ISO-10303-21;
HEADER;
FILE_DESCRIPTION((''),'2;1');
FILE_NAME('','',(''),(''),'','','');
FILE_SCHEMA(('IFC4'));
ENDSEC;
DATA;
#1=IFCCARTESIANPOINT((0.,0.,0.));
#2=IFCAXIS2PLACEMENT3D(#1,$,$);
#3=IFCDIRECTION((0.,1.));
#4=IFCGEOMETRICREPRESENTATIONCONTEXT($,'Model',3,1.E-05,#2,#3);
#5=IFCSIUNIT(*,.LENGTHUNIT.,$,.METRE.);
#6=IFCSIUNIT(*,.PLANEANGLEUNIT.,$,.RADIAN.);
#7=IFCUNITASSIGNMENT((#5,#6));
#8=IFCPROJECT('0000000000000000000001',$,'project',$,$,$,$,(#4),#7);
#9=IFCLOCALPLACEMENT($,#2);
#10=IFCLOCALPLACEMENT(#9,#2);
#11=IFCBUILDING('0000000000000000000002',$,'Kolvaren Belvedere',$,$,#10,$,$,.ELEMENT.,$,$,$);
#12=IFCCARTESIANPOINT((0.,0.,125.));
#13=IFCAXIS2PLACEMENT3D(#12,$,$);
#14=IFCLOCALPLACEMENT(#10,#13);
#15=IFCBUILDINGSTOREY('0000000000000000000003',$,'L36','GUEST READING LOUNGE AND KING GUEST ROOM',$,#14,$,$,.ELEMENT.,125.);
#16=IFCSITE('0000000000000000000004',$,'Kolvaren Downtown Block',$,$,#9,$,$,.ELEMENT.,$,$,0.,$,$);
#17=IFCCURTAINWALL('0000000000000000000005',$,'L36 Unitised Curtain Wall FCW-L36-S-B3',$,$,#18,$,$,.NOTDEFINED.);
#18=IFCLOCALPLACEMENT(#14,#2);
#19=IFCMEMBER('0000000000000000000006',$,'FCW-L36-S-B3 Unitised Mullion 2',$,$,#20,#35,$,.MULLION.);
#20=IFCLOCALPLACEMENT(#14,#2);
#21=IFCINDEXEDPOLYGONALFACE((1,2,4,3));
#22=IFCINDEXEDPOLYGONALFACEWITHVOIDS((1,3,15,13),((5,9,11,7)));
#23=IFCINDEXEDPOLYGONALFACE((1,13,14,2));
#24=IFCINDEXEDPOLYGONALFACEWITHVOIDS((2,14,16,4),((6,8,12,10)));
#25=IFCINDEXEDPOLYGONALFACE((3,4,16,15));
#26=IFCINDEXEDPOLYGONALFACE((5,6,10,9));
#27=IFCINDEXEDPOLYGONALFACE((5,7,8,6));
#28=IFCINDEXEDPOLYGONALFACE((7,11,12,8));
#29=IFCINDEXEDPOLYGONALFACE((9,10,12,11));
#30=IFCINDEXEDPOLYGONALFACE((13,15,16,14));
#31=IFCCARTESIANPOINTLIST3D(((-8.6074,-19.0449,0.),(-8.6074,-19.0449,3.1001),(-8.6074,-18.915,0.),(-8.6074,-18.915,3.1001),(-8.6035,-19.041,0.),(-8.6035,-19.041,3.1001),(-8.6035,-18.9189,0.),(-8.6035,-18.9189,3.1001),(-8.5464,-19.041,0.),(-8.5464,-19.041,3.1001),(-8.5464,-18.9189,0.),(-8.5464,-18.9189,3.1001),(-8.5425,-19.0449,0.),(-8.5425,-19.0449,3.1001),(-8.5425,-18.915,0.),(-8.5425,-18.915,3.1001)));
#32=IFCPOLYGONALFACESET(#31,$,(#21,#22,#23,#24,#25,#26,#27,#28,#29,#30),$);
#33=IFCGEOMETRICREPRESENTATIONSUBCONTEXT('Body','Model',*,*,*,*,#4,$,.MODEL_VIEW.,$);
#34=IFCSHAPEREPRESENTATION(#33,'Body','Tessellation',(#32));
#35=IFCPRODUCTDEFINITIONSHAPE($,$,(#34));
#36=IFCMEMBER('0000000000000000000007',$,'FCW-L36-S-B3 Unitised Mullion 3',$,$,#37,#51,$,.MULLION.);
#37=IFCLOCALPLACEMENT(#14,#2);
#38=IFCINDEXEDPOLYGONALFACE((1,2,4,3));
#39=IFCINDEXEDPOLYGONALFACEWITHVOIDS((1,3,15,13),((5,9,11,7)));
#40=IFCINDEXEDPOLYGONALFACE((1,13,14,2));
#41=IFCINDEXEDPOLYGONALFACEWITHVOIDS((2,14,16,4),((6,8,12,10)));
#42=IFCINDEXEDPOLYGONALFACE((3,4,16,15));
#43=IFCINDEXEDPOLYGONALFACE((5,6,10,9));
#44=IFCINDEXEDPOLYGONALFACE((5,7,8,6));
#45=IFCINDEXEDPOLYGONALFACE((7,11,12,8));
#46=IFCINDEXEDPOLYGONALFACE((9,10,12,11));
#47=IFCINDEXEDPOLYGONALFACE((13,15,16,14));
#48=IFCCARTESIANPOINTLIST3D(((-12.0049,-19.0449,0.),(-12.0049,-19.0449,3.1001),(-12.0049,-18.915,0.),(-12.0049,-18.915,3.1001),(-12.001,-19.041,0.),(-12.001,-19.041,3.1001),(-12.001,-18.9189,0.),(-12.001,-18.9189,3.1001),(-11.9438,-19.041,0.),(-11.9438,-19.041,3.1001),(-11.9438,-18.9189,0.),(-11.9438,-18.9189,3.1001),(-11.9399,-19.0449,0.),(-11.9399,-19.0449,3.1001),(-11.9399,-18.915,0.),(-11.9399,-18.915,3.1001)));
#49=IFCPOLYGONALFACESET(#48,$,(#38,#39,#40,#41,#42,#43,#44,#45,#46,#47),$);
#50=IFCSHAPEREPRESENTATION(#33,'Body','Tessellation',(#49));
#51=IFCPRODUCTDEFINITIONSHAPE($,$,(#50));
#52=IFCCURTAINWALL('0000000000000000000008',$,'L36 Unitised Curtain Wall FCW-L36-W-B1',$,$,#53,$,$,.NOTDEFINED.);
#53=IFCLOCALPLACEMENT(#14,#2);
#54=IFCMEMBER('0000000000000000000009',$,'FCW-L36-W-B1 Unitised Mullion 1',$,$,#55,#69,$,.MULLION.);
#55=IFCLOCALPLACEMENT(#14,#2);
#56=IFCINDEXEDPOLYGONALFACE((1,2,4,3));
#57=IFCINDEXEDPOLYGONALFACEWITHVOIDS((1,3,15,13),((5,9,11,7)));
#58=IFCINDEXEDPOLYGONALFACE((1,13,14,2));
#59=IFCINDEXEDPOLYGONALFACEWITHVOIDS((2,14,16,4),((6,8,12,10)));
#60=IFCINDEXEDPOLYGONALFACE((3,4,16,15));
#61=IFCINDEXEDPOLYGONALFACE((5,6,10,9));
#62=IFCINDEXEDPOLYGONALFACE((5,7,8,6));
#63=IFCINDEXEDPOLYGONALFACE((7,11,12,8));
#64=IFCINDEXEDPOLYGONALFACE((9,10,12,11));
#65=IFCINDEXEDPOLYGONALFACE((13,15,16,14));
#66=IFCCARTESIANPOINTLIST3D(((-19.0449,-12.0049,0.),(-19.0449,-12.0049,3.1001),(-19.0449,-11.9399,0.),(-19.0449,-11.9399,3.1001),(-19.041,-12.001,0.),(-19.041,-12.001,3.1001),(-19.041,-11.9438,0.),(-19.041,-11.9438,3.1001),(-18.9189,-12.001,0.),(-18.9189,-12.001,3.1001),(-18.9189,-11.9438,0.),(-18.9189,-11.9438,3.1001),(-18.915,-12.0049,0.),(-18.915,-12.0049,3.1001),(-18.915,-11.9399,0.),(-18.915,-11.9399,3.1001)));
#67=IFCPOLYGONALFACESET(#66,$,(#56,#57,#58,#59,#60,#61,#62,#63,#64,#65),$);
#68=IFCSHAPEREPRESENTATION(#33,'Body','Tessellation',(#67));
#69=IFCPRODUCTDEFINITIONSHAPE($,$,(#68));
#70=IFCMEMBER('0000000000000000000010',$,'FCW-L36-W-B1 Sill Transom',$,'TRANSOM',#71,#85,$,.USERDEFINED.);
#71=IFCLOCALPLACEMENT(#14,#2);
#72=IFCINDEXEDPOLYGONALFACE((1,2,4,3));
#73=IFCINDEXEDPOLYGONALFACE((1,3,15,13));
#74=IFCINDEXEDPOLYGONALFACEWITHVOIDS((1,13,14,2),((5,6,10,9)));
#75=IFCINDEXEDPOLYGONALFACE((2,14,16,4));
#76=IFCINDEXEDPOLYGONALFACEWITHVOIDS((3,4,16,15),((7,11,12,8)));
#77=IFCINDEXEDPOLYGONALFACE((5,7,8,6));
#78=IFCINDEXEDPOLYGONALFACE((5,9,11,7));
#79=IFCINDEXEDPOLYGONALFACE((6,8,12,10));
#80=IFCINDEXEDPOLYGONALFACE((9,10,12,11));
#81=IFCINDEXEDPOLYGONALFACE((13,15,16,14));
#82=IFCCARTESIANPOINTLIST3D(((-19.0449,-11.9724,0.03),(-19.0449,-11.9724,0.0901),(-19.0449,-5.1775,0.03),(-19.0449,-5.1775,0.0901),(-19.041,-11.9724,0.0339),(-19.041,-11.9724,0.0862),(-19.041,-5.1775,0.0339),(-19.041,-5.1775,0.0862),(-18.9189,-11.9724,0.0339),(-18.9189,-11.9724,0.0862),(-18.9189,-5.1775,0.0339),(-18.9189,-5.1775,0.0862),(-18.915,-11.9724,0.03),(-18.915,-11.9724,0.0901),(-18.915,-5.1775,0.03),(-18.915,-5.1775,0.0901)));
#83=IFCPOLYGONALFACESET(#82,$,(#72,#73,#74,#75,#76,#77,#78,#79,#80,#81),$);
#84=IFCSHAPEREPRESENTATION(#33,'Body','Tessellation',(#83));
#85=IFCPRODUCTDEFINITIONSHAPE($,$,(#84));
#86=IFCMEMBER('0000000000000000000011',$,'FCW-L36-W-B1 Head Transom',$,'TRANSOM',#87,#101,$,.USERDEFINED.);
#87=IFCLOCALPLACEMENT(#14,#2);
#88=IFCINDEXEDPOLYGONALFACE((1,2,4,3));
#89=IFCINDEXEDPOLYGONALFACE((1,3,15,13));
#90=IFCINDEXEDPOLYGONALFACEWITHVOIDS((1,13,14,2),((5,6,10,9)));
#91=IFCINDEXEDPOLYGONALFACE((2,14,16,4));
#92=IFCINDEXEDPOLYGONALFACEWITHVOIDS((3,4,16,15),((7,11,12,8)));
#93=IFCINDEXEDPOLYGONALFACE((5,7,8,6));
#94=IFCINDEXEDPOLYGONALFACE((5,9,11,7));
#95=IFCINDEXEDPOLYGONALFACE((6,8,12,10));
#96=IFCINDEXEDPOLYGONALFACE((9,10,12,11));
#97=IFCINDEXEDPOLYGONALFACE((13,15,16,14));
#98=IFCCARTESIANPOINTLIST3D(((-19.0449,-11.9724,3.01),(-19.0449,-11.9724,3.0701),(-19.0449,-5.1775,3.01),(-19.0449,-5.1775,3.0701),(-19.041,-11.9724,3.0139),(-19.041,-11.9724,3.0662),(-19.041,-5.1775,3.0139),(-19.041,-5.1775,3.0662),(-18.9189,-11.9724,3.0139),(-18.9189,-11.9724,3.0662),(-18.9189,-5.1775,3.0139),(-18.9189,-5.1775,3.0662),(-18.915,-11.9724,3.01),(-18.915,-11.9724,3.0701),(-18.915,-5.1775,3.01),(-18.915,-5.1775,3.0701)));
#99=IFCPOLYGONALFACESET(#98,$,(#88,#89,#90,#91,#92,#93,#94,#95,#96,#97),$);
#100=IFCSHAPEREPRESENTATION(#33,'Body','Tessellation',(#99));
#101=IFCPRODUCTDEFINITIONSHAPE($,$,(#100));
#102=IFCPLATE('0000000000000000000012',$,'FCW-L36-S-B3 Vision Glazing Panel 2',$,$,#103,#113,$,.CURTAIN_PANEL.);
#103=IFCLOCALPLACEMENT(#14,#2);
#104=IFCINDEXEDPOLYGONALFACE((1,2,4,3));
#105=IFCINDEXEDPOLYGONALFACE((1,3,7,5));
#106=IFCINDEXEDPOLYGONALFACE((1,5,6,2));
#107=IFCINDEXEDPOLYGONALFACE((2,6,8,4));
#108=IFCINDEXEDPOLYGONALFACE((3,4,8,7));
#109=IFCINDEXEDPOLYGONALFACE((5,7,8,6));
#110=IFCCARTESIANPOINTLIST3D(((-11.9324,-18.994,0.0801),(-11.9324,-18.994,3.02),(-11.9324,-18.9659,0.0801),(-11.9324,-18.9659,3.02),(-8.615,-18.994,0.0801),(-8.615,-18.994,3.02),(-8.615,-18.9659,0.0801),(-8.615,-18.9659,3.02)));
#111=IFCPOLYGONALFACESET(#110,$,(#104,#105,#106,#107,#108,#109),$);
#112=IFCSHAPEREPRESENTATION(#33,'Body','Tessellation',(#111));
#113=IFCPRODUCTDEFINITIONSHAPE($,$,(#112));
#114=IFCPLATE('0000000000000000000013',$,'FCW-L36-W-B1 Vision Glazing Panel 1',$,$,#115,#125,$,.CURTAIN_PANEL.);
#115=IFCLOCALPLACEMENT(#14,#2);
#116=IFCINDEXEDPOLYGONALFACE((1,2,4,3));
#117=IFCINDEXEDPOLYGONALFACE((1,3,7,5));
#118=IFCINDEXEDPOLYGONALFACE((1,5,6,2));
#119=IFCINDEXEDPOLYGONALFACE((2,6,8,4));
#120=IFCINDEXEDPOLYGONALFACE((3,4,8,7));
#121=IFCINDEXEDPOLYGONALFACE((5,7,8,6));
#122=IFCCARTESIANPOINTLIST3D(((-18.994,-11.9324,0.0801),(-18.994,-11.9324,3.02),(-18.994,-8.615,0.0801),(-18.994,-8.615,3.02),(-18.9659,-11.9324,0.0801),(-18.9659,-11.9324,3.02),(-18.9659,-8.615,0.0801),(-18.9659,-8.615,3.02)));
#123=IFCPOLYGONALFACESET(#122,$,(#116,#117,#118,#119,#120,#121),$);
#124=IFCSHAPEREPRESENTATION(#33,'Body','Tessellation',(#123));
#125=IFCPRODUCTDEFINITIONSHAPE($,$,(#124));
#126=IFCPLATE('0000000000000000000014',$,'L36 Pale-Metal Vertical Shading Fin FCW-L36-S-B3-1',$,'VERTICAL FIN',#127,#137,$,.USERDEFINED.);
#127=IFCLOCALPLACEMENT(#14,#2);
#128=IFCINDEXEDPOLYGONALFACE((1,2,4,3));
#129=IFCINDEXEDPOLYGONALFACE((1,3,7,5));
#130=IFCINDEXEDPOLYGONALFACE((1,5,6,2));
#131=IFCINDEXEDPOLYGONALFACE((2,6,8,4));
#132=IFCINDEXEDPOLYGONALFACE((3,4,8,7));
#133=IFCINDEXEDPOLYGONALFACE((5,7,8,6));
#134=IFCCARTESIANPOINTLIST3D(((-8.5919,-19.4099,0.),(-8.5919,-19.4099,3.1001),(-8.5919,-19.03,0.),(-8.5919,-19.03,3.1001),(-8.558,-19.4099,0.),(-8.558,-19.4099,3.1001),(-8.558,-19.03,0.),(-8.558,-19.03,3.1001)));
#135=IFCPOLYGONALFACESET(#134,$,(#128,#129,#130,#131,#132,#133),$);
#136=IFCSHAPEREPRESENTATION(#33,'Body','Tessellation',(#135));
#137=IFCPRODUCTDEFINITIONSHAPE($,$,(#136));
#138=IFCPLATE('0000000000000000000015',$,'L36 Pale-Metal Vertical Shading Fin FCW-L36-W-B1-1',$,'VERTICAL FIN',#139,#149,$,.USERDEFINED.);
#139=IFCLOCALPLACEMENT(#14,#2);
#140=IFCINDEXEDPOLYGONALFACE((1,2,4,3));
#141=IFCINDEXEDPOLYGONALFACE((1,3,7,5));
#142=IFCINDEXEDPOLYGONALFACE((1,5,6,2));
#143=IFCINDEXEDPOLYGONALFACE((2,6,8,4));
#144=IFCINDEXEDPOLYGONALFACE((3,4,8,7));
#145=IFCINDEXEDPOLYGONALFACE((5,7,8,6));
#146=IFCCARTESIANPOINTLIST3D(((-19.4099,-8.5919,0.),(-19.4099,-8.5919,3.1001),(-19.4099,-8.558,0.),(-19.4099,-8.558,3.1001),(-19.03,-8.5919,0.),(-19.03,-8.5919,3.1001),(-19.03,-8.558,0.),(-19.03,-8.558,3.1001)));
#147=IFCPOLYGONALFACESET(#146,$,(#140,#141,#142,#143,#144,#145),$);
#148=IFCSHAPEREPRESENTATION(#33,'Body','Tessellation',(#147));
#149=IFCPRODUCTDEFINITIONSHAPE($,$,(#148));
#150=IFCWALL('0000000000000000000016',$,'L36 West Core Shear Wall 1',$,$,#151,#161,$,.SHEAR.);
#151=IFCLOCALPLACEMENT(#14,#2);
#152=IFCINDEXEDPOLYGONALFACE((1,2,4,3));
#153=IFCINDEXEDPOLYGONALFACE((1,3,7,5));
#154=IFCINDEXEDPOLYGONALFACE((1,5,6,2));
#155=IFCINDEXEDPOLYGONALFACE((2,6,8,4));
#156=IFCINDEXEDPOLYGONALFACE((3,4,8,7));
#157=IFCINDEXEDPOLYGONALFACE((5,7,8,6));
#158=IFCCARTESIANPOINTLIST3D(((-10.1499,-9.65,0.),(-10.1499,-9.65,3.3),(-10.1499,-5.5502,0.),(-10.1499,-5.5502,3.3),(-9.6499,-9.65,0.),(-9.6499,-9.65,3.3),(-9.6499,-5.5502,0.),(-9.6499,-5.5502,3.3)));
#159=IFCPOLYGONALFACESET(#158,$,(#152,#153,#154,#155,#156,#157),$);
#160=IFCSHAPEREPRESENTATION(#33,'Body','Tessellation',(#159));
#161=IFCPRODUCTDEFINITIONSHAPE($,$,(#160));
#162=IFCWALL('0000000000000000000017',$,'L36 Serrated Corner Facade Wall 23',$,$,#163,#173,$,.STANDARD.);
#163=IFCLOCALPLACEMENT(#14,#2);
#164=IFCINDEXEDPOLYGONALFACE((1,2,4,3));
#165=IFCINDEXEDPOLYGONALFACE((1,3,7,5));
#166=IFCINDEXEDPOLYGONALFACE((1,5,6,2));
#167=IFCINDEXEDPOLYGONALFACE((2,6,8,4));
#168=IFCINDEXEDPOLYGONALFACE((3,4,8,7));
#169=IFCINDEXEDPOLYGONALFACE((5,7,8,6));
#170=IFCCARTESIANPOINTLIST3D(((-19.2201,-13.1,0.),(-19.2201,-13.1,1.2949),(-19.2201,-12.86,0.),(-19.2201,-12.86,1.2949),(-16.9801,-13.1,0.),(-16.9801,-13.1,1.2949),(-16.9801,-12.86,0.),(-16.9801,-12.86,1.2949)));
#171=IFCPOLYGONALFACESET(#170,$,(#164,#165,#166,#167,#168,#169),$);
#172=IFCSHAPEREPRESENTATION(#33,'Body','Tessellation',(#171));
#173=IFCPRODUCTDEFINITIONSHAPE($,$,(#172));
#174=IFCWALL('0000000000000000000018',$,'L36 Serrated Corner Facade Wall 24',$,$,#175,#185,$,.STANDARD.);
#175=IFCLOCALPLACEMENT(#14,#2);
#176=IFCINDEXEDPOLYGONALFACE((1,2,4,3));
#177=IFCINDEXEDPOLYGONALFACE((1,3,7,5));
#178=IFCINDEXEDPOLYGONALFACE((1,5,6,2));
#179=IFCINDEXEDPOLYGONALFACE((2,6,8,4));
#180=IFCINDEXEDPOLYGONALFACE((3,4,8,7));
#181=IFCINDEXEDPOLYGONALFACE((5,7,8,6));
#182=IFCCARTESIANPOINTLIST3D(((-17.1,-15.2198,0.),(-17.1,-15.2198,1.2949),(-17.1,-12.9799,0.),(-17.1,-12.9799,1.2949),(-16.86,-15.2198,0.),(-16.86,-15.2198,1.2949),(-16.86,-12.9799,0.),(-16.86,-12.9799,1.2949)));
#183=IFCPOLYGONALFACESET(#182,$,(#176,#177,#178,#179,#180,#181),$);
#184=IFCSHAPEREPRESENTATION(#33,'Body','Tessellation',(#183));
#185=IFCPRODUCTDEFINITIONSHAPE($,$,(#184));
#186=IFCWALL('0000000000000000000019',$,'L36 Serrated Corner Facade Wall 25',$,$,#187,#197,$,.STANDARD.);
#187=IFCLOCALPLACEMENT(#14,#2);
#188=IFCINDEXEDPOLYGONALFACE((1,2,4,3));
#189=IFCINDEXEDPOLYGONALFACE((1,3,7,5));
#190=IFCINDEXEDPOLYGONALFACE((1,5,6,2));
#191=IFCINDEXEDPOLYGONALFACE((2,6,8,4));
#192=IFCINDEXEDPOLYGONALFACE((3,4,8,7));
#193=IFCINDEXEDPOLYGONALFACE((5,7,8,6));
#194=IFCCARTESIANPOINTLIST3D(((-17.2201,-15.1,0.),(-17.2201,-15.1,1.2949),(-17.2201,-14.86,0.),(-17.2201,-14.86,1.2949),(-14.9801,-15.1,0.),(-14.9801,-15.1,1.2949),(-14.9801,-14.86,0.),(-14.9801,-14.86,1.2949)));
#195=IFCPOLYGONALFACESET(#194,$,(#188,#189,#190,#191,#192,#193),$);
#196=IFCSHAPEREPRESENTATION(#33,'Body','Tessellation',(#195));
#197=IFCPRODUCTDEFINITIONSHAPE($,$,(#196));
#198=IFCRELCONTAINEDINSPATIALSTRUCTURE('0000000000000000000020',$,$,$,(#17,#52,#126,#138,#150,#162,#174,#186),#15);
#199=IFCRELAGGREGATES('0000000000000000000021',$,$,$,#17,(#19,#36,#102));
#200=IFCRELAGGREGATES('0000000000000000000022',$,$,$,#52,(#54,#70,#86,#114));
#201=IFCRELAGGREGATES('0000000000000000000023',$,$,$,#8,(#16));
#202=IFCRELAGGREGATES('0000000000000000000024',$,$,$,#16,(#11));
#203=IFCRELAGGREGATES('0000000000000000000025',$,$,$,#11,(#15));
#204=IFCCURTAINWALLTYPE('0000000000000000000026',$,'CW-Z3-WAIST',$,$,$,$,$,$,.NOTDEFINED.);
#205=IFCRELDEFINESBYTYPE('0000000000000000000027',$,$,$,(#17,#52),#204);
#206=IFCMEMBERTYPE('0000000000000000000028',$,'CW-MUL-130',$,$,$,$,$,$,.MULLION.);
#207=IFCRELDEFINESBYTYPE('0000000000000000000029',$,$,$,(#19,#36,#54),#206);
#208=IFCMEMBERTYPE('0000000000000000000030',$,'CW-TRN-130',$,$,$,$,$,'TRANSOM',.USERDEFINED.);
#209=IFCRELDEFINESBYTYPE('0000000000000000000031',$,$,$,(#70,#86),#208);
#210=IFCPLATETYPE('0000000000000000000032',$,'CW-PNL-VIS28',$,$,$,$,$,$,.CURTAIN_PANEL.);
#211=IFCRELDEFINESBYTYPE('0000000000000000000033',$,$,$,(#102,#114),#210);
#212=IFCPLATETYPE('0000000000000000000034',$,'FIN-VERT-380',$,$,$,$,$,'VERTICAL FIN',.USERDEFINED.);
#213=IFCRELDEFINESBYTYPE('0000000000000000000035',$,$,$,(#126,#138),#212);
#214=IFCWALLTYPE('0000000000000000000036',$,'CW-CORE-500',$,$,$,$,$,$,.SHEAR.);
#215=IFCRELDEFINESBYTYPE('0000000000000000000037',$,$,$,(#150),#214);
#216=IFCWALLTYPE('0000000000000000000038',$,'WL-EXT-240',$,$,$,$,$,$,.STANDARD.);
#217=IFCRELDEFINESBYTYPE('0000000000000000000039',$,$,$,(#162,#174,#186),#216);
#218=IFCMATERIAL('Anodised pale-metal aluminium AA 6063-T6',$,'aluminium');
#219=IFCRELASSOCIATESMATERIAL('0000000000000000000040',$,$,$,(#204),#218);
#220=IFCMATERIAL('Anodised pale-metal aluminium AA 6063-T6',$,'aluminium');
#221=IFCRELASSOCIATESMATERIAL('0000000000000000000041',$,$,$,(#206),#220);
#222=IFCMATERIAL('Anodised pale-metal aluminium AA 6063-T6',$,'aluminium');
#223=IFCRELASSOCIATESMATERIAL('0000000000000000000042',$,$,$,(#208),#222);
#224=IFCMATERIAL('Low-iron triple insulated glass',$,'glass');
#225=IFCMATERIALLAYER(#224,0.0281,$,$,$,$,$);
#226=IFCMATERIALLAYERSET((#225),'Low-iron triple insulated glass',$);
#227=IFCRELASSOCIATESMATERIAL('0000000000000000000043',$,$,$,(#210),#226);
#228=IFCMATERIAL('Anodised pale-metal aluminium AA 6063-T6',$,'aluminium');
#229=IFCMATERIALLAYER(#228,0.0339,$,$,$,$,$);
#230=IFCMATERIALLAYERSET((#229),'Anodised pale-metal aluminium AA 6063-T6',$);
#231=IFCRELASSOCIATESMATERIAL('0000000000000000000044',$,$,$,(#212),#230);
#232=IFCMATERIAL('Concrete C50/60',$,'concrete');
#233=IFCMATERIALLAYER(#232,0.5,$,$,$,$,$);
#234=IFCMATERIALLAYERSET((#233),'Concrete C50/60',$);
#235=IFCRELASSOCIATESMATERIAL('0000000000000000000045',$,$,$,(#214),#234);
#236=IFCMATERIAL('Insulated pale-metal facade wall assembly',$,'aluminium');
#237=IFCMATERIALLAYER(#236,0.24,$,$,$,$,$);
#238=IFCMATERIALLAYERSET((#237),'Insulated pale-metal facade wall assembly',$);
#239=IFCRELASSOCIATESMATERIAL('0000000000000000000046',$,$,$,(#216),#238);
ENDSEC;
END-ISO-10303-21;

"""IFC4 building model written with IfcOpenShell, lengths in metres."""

from ifc_helpers import new_model, si_unit, direction, frame, frame_2d, origin, origin_2d, place, context, subcontext, project, spatial, rectangle, hollow_rectangle, extrude, material, layer, layer_set, material_profile, profile_set, type_object, element, aggregate, save


model = new_model("IFC4")

# Units and contexts
model_context = context("Model", 3, precision=1e-05, world=origin(), true_north=direction((0.0, 1.0)))
body_context = subcontext(model_context, "Body", "Model", "MODEL_VIEW")
ifc_project = project(units=[si_unit("LENGTHUNIT", "METRE"), si_unit("PLANEANGLEUNIT", "RADIAN")], contexts=[model_context])

# Site, building, storey
site_placement = place(None, origin())
site = spatial("IfcSite", under=ifc_project, at=site_placement, Name="Kolvaren Downtown Block", CompositionType="ELEMENT", RefElevation=0.0)
building_placement = place(site_placement, origin())
building = spatial("IfcBuilding", under=site, at=building_placement, Name="Kolvaren Belvedere", CompositionType="ELEMENT")
storey_placement = place(building_placement, frame((0.0, 0.0, 125.0)))
storey = spatial("IfcBuildingStorey", under=building, at=storey_placement, Name="L36", Description="GUEST READING LOUNGE AND KING GUEST ROOM", CompositionType="ELEMENT", Elevation=125.0)

# Curtain walls, members
ifc_material_1 = material(Name="Anodised pale-metal aluminium AA 6063-T6", Category="aluminium")
curtain_wall_type = type_object("IfcCurtainWallType", Name="CW-Z3-WAIST", PredefinedType="NOTDEFINED", material=ifc_material_1)
curtain_wall_1_placement = place(storey_placement, origin())
curtain_wall_1 = element("IfcCurtainWall", 1, at=curtain_wall_1_placement, inside=storey, type_object=curtain_wall_type, Name="L36 Unitised Curtain Wall FCW-L36-S-B3", PredefinedType="NOTDEFINED")
ifc_material_2 = material(Name="Anodised pale-metal aluminium AA 6063-T6", Category="aluminium")
ifc_material_profile_1 = material_profile(ifc_material_2, hollow_rectangle(XDim=0.0649, YDim=0.1299, WallThickness=0.0039, at=origin_2d()), Name="ALU-MUL-130X65")
ifc_profile_set_1 = profile_set([ifc_material_profile_1], Name="Anodised pale-metal aluminium AA 6063-T6")
member_type_1 = type_object("IfcMemberType", Name="CW-MUL-130", PredefinedType="MULLION", material=ifc_profile_set_1)
member_1_placement = place(storey_placement, frame((-8.575, -18.98, 0.0), z_axis=(0.0, 0.0, 1.0), x_axis=(1.0, 0.0, 0.0)))
member_1 = element("IfcMember", 2, at=member_1_placement, type_object=member_type_1, Name="FCW-L36-S-B3 Unitised Mullion 2", PredefinedType="MULLION", context=body_context, shape_type="SweptSolid", body=[
    extrude(hollow_rectangle(XDim=0.0649, YDim=0.1299, WallThickness=0.0039, at=origin_2d()), origin(), (0.0, 0.0, 1.0), 3.1001),
])
member_2_placement = place(storey_placement, frame((-11.9724, -18.98, 0.0), z_axis=(0.0, 0.0, 1.0), x_axis=(1.0, 0.0, 0.0)))
member_2 = element("IfcMember", 3, at=member_2_placement, type_object=member_type_1, Name="FCW-L36-S-B3 Unitised Mullion 3", PredefinedType="MULLION", context=body_context, shape_type="SweptSolid", body=[
    extrude(hollow_rectangle(XDim=0.0649, YDim=0.1299, WallThickness=0.0039, at=origin_2d()), origin(), (0.0, 0.0, 1.0), 3.1001),
])
curtain_wall_2_placement = place(storey_placement, origin())
curtain_wall_2 = element("IfcCurtainWall", 4, at=curtain_wall_2_placement, inside=storey, type_object=curtain_wall_type, Name="L36 Unitised Curtain Wall FCW-L36-W-B1", PredefinedType="NOTDEFINED")
member_3_placement = place(storey_placement, frame((-18.98, -11.9724, 0.0), z_axis=(0.0, 0.0, 1.0), x_axis=(0.0, 1.0, 0.0)))
member_3 = element("IfcMember", 5, at=member_3_placement, type_object=member_type_1, Name="FCW-L36-W-B1 Unitised Mullion 1", PredefinedType="MULLION", context=body_context, shape_type="SweptSolid", body=[
    extrude(hollow_rectangle(XDim=0.0649, YDim=0.1299, WallThickness=0.0039, at=origin_2d()), origin(), (0.0, 0.0, 1.0), 3.1001),
])
ifc_material_3 = material(Name="Anodised pale-metal aluminium AA 6063-T6", Category="aluminium")
ifc_material_profile_2 = material_profile(ifc_material_3, hollow_rectangle(XDim=0.0601, YDim=0.1299, WallThickness=0.0039, at=origin_2d()), Name="ALU-TRN-130X60")
ifc_profile_set_2 = profile_set([ifc_material_profile_2], Name="Anodised pale-metal aluminium AA 6063-T6")
member_type_2 = type_object("IfcMemberType", Name="CW-TRN-130", ElementType="TRANSOM", PredefinedType="USERDEFINED", material=ifc_profile_set_2)
member_4_placement = place(storey_placement, frame((-18.98, -11.9724, 0.0601), z_axis=(0.0, 1.0, 0.0), x_axis=(0.0, 0.0, 1.0)))
member_4 = element("IfcMember", 6, at=member_4_placement, type_object=member_type_2, Name="FCW-L36-W-B1 Sill Transom", ObjectType="TRANSOM", PredefinedType="USERDEFINED", context=body_context, shape_type="SweptSolid", body=[
    extrude(hollow_rectangle(XDim=0.0601, YDim=0.1299, WallThickness=0.0039, at=origin_2d()), origin(), (0.0, 0.0, 1.0), 6.7949),
])
member_5_placement = place(storey_placement, frame((-18.98, -11.9724, 3.04), z_axis=(0.0, 1.0, 0.0), x_axis=(0.0, 0.0, 1.0)))
member_5 = element("IfcMember", 7, at=member_5_placement, type_object=member_type_2, Name="FCW-L36-W-B1 Head Transom", ObjectType="TRANSOM", PredefinedType="USERDEFINED", context=body_context, shape_type="SweptSolid", body=[
    extrude(hollow_rectangle(XDim=0.0601, YDim=0.1299, WallThickness=0.0039, at=origin_2d()), origin(), (0.0, 0.0, 1.0), 6.7949),
])

# Plates
ifc_material_4 = material(Name="Low-iron triple insulated glass", Category="glass")
ifc_layer_1 = layer(ifc_material_4, 0.0281)
ifc_layer_set_1 = layer_set([ifc_layer_1], Name="Low-iron triple insulated glass")
plate_type_1 = type_object("IfcPlateType", Name="CW-PNL-VIS28", PredefinedType="CURTAIN_PANEL", material=ifc_layer_set_1)
plate_1_placement = place(storey_placement, frame((-10.2737, -18.98, 0.0801), z_axis=(0.0, 0.0, 1.0), x_axis=(-1.0, 0.0, 0.0)))
plate_1 = element("IfcPlate", 8, at=plate_1_placement, type_object=plate_type_1, Name="FCW-L36-S-B3 Vision Glazing Panel 2", PredefinedType="CURTAIN_PANEL", context=body_context, shape_type="SweptSolid", body=[
    extrude(rectangle(XDim=3.3174, YDim=0.0281, at=origin_2d()), origin(), (0.0, 0.0, 1.0), 2.9399),
])
aggregate(curtain_wall_1, [member_1, member_2, plate_1])
plate_2_placement = place(storey_placement, frame((-18.98, -10.2737, 0.0801), z_axis=(0.0, 0.0, 1.0), x_axis=(0.0, 1.0, 0.0)))
plate_2 = element("IfcPlate", 9, at=plate_2_placement, type_object=plate_type_1, Name="FCW-L36-W-B1 Vision Glazing Panel 1", PredefinedType="CURTAIN_PANEL", context=body_context, shape_type="SweptSolid", body=[
    extrude(rectangle(XDim=3.3174, YDim=0.0281, at=origin_2d()), origin(), (0.0, 0.0, 1.0), 2.9399),
])
aggregate(curtain_wall_2, [member_3, member_4, member_5, plate_2])

# Plates
ifc_material_5 = material(Name="Anodised pale-metal aluminium AA 6063-T6", Category="aluminium")
ifc_layer_2 = layer(ifc_material_5, 0.0339)
ifc_layer_set_2 = layer_set([ifc_layer_2], Name="Anodised pale-metal aluminium AA 6063-T6")
plate_type_2 = type_object("IfcPlateType", Name="FIN-VERT-380", ElementType="VERTICAL FIN", PredefinedType="USERDEFINED", material=ifc_layer_set_2)
for number, where, z_axis, x_axis, name in (
    (10, (-8.575, -19.22, 0.0), (0.0, 0.0, 1.0), (0.0, 1.0, 0.0), "L36 Pale-Metal Vertical Shading Fin FCW-L36-S-B3-1"),
    (11, (-19.22, -8.575, 0.0), (0.0, 0.0, 1.0), (1.0, 0.0, 0.0), "L36 Pale-Metal Vertical Shading Fin FCW-L36-W-B1-1"),
):
    element("IfcPlate", number, at=place(storey_placement, frame(where, z_axis=z_axis, x_axis=x_axis)), inside=storey, type_object=plate_type_2, Name=name, ObjectType="VERTICAL FIN", PredefinedType="USERDEFINED", context=body_context, shape_type="SweptSolid", body=[
        extrude(rectangle(XDim=0.3799, YDim=0.0339, at=origin_2d()), origin(), (0.0, 0.0, 1.0), 3.1001),
    ])

# Walls
ifc_material_6 = material(Name="Concrete C50/60", Category="concrete")
ifc_layer_3 = layer(ifc_material_6, 0.5)
ifc_layer_set_3 = layer_set([ifc_layer_3], Name="Concrete C50/60")
wall_type_1 = type_object("IfcWallType", Name="CW-CORE-500", PredefinedType="SHEAR", material=ifc_layer_set_3)
wall_placement = place(storey_placement, frame((-9.8999, -9.6499, 0.0), z_axis=(0.0, 0.0, 1.0), x_axis=(0.0, 1.0, 0.0)))
element("IfcWall", 12, at=wall_placement, inside=storey, type_object=wall_type_1, Name="L36 West Core Shear Wall 1", PredefinedType="SHEAR", context=body_context, shape_type="SweptSolid", body=[
    extrude(rectangle(XDim=4.0999, YDim=0.5, at=frame_2d((2.0498, 0.0))), origin(), (0.0, 0.0, 1.0), 3.3),
])
ifc_material_7 = material(Name="Insulated pale-metal facade wall assembly", Category="aluminium")
ifc_layer_4 = layer(ifc_material_7, 0.24)
ifc_layer_set_4 = layer_set([ifc_layer_4], Name="Insulated pale-metal facade wall assembly")
wall_type_2 = type_object("IfcWallType", Name="WL-EXT-240", PredefinedType="STANDARD", material=ifc_layer_set_4)
for number, where, z_axis, x_axis, name in (
    (13, (-16.98, -12.98, 0.0), (0.0, 0.0, 1.0), (-1.0, 0.0, 0.0), "L36 Serrated Corner Facade Wall 23"),
    (14, (-16.98, -15.22, 0.0), (0.0, 0.0, 1.0), (0.0, 1.0, 0.0), "L36 Serrated Corner Facade Wall 24"),
    (15, (-14.98, -14.98, 0.0), (0.0, 0.0, 1.0), (-1.0, 0.0, 0.0), "L36 Serrated Corner Facade Wall 25"),
):
    element("IfcWall", number, at=place(storey_placement, frame(where, z_axis=z_axis, x_axis=x_axis)), inside=storey, type_object=wall_type_2, Name=name, PredefinedType="STANDARD", context=body_context, shape_type="SweptSolid", body=[
        extrude(rectangle(XDim=2.24, YDim=0.24, at=frame_2d((1.1201, 0.0))), origin(), (0.0, 0.0, 1.0), 1.2949),
    ])

save(model, "model.ifc")
